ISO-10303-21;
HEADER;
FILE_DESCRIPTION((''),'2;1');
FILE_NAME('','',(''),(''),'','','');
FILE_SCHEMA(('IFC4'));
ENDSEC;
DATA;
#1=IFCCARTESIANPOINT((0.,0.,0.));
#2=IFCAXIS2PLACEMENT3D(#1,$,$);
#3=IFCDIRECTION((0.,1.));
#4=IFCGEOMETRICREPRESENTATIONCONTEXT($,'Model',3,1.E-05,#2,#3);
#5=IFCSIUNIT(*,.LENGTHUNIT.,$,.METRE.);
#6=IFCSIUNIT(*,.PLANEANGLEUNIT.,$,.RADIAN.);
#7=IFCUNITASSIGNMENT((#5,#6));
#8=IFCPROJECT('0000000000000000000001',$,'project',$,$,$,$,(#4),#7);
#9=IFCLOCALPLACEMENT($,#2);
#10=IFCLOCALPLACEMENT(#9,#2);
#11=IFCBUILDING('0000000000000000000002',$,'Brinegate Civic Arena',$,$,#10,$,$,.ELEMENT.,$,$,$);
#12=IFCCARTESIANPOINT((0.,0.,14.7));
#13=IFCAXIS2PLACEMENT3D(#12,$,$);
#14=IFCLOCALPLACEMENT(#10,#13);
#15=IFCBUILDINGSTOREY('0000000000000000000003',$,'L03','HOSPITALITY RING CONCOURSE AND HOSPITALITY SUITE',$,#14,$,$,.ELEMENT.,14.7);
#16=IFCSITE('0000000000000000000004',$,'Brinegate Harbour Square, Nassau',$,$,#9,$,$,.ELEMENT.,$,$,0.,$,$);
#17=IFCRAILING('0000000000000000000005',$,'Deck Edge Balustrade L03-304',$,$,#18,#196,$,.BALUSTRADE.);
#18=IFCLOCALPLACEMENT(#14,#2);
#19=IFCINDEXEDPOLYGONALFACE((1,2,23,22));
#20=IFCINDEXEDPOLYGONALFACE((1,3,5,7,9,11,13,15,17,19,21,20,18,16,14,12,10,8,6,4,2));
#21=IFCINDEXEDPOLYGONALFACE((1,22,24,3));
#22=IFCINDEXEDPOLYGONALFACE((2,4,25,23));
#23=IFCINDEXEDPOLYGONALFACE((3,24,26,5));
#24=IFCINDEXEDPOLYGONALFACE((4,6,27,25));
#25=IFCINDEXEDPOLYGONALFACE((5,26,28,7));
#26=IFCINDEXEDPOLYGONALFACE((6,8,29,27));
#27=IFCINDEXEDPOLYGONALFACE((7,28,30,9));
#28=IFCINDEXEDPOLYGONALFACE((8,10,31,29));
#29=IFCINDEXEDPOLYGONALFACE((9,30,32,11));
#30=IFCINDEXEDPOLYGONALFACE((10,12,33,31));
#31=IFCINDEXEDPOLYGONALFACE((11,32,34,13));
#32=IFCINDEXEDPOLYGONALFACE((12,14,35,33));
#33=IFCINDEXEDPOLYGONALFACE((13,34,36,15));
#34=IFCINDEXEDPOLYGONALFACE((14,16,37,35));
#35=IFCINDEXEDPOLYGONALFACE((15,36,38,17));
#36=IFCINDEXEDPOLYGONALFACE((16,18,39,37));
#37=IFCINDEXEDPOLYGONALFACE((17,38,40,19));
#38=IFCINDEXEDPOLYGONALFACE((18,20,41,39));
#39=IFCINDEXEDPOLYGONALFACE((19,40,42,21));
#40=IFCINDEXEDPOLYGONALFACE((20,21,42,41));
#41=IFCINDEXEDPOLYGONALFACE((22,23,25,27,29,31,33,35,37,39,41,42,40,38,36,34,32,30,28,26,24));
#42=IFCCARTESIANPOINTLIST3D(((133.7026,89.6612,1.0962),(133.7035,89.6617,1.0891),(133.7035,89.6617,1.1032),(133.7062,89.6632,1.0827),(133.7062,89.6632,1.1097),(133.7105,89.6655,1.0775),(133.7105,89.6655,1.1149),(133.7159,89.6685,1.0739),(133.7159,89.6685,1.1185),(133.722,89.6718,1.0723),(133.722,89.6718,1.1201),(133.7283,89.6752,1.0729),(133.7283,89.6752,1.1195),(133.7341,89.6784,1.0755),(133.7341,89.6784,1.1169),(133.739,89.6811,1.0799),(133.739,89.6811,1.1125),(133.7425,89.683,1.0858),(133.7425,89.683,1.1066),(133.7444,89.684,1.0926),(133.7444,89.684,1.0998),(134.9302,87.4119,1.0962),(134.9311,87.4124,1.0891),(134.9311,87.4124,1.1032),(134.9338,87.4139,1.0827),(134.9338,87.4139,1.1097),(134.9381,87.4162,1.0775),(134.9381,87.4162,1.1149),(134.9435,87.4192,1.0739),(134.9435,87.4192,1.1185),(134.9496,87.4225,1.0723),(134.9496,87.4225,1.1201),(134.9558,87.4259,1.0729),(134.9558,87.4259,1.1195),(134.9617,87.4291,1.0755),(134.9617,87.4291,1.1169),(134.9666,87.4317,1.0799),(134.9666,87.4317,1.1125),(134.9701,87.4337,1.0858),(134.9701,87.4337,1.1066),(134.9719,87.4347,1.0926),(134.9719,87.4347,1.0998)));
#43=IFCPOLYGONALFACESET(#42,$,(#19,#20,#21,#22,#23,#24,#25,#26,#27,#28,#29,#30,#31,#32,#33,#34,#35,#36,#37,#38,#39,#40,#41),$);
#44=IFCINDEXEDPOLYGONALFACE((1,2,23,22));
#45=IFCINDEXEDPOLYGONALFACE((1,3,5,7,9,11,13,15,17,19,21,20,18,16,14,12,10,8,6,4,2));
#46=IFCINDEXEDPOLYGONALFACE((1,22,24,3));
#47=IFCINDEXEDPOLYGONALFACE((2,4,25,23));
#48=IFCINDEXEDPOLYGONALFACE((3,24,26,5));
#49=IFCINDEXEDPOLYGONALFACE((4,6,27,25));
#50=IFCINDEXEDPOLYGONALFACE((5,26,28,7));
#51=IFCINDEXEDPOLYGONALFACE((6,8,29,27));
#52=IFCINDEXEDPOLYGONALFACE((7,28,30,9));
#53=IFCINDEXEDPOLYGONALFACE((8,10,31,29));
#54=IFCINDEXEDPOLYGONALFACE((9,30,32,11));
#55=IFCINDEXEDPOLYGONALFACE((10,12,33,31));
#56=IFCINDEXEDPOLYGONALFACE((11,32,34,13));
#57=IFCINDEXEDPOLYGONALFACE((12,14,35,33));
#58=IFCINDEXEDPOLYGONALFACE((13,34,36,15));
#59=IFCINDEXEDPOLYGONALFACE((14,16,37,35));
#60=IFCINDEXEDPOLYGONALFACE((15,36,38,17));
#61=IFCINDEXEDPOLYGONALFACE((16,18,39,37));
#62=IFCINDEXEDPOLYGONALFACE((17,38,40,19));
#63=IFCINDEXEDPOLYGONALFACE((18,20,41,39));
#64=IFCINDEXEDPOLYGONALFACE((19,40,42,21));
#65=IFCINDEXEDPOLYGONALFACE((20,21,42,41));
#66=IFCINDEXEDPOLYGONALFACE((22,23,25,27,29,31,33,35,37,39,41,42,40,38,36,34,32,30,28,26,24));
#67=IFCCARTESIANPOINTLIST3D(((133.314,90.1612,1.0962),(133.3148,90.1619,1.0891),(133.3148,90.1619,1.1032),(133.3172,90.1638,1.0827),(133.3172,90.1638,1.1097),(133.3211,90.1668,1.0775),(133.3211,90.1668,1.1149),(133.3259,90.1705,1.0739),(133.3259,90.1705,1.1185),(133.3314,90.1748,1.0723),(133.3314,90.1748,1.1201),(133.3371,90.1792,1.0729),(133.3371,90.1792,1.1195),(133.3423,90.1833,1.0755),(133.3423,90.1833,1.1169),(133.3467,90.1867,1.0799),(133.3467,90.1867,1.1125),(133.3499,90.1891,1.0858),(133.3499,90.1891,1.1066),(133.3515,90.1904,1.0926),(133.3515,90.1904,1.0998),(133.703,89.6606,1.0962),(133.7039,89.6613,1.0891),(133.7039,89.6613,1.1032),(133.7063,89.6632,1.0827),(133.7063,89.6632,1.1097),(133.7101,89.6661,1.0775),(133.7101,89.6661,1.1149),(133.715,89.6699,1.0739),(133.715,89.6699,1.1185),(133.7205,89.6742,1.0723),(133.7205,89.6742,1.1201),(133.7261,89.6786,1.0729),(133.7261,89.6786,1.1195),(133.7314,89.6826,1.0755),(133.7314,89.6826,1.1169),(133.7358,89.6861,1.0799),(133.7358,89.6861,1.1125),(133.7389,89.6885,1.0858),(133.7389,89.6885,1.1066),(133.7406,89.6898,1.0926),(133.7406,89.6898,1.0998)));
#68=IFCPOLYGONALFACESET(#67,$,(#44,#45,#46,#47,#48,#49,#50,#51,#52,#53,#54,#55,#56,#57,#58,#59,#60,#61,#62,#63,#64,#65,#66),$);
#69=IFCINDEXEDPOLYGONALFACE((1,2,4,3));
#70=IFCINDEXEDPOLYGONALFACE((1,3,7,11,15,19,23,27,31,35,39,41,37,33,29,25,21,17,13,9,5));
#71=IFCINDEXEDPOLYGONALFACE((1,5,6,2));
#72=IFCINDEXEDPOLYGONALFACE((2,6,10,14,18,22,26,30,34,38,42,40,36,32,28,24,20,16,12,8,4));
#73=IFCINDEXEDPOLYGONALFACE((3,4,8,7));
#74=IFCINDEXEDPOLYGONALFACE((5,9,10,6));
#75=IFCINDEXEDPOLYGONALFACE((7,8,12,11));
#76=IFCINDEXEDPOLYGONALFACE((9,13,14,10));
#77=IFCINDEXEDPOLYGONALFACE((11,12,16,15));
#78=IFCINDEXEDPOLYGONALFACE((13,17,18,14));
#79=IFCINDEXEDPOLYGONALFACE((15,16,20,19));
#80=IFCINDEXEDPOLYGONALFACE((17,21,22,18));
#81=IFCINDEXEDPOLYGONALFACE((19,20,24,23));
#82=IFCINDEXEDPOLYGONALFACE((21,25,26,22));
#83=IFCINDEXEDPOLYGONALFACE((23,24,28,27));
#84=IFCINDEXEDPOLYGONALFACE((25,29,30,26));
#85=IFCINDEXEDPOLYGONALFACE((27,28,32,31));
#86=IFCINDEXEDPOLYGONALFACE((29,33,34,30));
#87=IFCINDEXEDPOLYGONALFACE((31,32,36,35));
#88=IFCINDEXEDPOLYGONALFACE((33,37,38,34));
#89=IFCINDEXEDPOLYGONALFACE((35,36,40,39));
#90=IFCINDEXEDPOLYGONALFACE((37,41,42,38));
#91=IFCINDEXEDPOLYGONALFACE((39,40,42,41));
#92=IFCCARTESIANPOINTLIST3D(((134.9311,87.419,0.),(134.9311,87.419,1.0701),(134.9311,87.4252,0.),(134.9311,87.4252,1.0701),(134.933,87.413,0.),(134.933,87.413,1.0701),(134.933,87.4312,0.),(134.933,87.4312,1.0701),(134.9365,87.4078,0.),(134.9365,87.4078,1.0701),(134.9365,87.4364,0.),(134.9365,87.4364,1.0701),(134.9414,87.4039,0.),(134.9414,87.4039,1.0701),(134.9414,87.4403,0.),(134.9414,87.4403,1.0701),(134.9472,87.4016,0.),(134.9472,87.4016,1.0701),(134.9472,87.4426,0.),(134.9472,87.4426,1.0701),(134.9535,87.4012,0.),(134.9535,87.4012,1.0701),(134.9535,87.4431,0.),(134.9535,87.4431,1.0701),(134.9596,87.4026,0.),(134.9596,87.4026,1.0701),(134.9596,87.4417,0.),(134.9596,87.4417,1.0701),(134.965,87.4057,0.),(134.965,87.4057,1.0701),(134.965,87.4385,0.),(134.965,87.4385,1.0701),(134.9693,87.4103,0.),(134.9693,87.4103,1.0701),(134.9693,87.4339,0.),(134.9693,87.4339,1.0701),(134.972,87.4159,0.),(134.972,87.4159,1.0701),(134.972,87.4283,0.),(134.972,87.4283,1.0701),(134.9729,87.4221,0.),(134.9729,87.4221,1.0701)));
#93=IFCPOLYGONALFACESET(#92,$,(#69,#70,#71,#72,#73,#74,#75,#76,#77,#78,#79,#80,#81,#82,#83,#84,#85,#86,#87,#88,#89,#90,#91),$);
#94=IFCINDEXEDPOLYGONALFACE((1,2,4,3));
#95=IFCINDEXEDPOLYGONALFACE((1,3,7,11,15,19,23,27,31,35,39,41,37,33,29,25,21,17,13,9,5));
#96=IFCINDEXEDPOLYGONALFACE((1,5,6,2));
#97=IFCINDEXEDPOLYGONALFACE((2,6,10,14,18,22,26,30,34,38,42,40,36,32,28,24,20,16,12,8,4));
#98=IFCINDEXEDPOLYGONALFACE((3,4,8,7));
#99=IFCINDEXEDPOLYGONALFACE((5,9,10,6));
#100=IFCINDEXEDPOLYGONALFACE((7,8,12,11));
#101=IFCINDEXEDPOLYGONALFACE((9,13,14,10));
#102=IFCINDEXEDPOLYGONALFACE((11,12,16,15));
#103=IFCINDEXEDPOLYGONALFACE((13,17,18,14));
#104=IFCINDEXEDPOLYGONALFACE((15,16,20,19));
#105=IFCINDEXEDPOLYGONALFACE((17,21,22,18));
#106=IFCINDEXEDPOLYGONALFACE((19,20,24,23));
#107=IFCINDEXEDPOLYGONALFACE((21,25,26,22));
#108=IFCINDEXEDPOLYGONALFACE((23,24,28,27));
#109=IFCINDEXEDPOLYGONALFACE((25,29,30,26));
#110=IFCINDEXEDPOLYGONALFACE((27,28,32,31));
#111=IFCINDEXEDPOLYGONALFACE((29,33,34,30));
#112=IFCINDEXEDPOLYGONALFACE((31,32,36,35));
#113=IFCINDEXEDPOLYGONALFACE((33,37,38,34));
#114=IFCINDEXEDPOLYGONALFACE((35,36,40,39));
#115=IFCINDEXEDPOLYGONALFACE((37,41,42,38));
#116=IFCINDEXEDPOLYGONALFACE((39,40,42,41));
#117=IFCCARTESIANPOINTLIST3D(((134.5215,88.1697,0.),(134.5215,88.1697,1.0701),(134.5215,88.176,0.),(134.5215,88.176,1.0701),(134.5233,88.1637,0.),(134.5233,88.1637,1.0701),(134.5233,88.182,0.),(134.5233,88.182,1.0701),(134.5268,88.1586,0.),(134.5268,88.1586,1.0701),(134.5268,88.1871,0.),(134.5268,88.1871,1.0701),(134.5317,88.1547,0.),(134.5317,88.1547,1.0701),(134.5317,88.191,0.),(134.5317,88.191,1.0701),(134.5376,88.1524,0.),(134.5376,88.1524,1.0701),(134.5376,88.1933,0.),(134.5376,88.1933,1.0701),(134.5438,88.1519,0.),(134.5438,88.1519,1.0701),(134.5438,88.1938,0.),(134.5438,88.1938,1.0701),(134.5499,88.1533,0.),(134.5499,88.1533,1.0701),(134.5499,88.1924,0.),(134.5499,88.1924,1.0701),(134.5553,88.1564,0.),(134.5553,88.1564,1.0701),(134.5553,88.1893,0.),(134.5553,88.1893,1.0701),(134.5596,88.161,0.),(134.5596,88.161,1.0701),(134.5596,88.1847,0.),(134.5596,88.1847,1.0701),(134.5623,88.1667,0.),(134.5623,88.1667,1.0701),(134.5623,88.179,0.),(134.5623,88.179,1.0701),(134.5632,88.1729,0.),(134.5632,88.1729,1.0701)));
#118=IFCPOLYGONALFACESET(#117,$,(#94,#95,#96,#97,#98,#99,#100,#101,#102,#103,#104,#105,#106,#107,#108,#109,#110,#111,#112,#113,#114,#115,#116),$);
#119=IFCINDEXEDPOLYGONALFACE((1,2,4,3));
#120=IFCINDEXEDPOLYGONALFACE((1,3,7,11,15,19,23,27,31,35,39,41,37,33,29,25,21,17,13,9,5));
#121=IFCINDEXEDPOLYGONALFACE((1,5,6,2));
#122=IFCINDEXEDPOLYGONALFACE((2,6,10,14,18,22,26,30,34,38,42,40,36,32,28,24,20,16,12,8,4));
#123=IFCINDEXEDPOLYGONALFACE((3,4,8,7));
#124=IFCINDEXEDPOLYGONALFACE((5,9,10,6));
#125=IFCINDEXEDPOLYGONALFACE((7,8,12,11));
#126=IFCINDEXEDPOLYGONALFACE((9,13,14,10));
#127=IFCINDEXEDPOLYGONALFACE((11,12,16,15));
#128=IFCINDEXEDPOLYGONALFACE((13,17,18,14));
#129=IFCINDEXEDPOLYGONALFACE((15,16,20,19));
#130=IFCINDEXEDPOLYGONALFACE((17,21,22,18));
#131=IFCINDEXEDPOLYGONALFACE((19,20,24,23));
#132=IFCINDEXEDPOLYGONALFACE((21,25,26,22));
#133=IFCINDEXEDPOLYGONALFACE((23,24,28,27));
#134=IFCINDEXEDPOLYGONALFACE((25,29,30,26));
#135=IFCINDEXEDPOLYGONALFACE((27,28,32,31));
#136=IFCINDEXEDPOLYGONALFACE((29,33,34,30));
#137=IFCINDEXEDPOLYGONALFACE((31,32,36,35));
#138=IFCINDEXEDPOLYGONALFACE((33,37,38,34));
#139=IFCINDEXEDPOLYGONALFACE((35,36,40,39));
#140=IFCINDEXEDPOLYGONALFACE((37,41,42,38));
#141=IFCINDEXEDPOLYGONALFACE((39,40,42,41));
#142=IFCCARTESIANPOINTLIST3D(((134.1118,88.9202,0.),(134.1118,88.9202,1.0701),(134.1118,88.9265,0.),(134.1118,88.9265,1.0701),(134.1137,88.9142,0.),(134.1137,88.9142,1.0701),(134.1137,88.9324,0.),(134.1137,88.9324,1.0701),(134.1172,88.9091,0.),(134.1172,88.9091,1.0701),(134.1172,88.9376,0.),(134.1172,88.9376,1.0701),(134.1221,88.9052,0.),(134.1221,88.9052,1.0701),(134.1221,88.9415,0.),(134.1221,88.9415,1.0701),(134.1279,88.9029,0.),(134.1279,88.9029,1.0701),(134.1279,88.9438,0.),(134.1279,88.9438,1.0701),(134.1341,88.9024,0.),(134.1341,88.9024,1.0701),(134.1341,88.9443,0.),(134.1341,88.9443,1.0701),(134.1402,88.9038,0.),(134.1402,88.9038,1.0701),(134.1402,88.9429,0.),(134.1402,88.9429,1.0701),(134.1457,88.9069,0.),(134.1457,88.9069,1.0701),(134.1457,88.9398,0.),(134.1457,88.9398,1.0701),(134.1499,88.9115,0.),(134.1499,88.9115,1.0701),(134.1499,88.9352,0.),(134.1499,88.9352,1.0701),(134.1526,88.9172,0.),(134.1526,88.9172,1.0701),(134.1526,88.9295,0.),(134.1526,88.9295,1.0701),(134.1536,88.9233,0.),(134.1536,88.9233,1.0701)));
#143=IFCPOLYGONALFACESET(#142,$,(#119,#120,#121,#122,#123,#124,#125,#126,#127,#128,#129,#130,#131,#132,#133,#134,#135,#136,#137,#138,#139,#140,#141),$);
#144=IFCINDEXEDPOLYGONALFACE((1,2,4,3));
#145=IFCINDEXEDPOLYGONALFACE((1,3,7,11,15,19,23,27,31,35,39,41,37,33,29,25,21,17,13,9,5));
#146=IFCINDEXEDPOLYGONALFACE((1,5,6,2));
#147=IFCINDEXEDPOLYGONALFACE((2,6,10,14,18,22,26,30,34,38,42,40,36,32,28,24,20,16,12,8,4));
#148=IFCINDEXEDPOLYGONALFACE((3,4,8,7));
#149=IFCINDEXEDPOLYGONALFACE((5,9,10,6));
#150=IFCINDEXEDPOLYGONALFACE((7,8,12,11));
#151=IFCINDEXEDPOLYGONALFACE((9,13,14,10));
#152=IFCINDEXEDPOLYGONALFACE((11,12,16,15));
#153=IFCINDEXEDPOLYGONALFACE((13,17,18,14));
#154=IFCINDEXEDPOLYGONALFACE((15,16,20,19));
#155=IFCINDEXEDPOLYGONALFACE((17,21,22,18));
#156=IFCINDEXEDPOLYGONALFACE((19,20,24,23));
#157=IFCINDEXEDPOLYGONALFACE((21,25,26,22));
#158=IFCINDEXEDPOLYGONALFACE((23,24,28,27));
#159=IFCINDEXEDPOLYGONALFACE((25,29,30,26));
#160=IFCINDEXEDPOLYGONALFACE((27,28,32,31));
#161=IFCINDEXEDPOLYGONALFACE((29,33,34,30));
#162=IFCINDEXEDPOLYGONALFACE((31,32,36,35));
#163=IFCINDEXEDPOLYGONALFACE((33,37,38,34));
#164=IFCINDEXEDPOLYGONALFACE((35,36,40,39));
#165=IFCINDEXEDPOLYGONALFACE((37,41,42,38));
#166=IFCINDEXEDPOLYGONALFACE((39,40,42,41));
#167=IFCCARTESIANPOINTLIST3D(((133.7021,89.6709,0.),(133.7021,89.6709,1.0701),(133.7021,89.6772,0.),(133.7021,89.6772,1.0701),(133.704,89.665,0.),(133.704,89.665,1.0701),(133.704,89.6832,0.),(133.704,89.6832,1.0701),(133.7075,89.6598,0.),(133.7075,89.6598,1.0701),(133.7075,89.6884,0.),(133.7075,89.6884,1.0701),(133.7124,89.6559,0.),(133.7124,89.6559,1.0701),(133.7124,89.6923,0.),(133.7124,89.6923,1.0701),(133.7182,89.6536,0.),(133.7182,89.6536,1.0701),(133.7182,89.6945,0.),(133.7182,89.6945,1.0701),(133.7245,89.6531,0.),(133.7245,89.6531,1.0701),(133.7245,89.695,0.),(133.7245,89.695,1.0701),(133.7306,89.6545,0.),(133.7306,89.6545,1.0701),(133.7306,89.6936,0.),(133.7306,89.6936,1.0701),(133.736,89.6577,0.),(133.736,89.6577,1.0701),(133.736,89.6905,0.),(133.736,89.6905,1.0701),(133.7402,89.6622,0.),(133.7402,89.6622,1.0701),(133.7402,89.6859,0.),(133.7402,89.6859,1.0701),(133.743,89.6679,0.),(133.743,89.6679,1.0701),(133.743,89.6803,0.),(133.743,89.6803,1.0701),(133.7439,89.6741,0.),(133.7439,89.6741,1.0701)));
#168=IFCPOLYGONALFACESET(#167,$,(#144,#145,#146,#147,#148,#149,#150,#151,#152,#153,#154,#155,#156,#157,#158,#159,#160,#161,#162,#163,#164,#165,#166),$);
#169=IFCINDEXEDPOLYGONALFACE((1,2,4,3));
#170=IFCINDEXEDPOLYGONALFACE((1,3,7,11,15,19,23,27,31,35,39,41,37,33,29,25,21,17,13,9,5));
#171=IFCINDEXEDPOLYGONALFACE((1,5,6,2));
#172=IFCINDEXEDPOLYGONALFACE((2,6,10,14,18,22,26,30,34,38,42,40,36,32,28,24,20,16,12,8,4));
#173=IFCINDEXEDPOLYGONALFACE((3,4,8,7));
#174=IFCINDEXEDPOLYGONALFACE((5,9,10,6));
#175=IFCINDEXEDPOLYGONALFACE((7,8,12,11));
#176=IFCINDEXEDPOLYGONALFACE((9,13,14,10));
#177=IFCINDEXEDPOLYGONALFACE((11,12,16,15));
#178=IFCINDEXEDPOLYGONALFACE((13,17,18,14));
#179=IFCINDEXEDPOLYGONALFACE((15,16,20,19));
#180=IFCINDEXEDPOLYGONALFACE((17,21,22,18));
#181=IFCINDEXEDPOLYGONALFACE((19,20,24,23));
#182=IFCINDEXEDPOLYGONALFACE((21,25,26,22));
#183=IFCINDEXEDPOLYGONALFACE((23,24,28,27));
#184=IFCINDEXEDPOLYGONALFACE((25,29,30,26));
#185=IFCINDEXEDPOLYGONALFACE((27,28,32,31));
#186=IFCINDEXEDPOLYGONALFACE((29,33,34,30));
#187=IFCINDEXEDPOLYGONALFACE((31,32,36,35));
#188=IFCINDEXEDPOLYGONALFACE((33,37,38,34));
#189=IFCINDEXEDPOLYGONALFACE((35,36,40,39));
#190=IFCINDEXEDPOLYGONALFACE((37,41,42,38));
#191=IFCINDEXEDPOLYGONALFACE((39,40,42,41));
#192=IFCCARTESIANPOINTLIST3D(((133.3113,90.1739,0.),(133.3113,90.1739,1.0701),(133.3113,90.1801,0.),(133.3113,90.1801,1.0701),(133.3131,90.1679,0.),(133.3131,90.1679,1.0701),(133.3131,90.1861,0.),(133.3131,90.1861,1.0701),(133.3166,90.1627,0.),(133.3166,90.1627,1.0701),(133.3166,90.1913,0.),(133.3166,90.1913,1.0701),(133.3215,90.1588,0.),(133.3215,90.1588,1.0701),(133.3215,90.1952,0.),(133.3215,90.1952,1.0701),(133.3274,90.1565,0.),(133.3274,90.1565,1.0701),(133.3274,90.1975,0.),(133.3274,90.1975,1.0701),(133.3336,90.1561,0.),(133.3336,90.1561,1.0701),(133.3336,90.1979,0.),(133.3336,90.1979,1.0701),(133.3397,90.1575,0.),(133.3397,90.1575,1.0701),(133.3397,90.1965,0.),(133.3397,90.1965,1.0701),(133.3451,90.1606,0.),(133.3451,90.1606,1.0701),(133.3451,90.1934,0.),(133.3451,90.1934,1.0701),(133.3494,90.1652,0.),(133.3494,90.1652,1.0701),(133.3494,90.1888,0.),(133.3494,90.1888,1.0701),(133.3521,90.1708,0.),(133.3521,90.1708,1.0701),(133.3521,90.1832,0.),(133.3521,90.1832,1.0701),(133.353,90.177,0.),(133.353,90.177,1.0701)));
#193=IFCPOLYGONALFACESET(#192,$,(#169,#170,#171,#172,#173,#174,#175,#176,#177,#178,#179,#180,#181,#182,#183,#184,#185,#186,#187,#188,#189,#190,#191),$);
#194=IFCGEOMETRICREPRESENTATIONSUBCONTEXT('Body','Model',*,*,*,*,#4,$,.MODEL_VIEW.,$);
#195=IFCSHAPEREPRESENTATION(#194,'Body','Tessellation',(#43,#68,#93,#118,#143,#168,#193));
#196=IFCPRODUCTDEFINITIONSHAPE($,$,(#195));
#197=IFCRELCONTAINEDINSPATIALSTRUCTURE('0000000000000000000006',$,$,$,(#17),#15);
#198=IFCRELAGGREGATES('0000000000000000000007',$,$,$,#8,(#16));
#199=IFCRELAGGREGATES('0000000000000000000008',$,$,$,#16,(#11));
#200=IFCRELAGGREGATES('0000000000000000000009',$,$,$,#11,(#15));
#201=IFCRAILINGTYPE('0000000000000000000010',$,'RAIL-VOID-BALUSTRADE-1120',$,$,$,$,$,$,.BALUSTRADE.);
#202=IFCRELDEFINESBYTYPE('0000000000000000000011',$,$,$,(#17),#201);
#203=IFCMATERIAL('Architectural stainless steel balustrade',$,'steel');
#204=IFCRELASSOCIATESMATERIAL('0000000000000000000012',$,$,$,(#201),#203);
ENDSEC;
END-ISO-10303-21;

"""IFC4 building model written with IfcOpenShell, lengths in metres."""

from ifc_helpers import new_model, si_unit, direction, frame, origin, origin_2d, place, context, subcontext, project, spatial, circle, extrude, material, type_object, element, save


model = new_model("IFC4")

# Units and contexts
model_context = context("Model", 3, precision=1e-05, world=origin(), true_north=direction((0.0, 1.0)))
body_context = subcontext(model_context, "Body", "Model", "MODEL_VIEW")
ifc_project = project(units=[si_unit("LENGTHUNIT", "METRE"), si_unit("PLANEANGLEUNIT", "RADIAN")], contexts=[model_context])

# Site, building, storey
site_placement = place(None, origin())
site = spatial("IfcSite", under=ifc_project, at=site_placement, Name="Brinegate Harbour Square, Nassau", CompositionType="ELEMENT", RefElevation=0.0)
building_placement = place(site_placement, origin())
building = spatial("IfcBuilding", under=site, at=building_placement, Name="Brinegate Civic Arena", CompositionType="ELEMENT")
storey_placement = place(building_placement, frame((0.0, 0.0, 14.7)))
storey = spatial("IfcBuildingStorey", under=building, at=storey_placement, Name="L03", Description="HOSPITALITY RING CONCOURSE AND HOSPITALITY SUITE", CompositionType="ELEMENT", Elevation=14.7)

# Railing
ifc_material_1 = material(Name="Architectural stainless steel balustrade", Category="steel")
railing_type = type_object("IfcRailingType", Name="RAIL-VOID-BALUSTRADE-1120", PredefinedType="BALUSTRADE", material=ifc_material_1)
railing_1_placement = place(storey_placement, frame((134.9519, 87.4221, 0.0)))
element("IfcRailing", 1, at=railing_1_placement, inside=storey, type_object=railing_type, Name="Deck Edge Balustrade L03-304", PredefinedType="BALUSTRADE", context=body_context, shape_type="SweptSolid", body=[
    extrude(circle(Radius=0.0239, at=origin_2d()), frame((-0.0007, 0.0012, 1.0962), z_axis=(-0.479052, 0.877786, 0.0), x_axis=(-0.877786, -0.479052, 0.0)), (0.0, 0.0, 1.0), 2.5625),
    extrude(circle(Radius=0.0239, at=origin_2d()), frame((-1.23, 2.2532, 1.0962), z_axis=(-0.613649, 0.789579, 0.0), x_axis=(-0.789579, -0.613649, 0.0)), (0.0, 0.0, 1.0), 0.634),
    extrude(circle(Radius=0.021, at=origin_2d()), origin(), (0.0, 0.0, 1.0), 1.0701),
    extrude(circle(Radius=0.021, at=origin_2d()), frame((-0.4097, 0.7507, 0.0)), (0.0, 0.0, 1.0), 1.0701),
    extrude(circle(Radius=0.021, at=origin_2d()), frame((-0.8193, 1.5012, 0.0)), (0.0, 0.0, 1.0), 1.0701),
    extrude(circle(Radius=0.021, at=origin_2d()), frame((-1.229, 2.252, 0.0)), (0.0, 0.0, 1.0), 1.0701),
    extrude(circle(Radius=0.021, at=origin_2d()), frame((-1.6199, 2.7549, 0.0)), (0.0, 0.0, 1.0), 1.0701),
])

save(model, "model.ifc")
